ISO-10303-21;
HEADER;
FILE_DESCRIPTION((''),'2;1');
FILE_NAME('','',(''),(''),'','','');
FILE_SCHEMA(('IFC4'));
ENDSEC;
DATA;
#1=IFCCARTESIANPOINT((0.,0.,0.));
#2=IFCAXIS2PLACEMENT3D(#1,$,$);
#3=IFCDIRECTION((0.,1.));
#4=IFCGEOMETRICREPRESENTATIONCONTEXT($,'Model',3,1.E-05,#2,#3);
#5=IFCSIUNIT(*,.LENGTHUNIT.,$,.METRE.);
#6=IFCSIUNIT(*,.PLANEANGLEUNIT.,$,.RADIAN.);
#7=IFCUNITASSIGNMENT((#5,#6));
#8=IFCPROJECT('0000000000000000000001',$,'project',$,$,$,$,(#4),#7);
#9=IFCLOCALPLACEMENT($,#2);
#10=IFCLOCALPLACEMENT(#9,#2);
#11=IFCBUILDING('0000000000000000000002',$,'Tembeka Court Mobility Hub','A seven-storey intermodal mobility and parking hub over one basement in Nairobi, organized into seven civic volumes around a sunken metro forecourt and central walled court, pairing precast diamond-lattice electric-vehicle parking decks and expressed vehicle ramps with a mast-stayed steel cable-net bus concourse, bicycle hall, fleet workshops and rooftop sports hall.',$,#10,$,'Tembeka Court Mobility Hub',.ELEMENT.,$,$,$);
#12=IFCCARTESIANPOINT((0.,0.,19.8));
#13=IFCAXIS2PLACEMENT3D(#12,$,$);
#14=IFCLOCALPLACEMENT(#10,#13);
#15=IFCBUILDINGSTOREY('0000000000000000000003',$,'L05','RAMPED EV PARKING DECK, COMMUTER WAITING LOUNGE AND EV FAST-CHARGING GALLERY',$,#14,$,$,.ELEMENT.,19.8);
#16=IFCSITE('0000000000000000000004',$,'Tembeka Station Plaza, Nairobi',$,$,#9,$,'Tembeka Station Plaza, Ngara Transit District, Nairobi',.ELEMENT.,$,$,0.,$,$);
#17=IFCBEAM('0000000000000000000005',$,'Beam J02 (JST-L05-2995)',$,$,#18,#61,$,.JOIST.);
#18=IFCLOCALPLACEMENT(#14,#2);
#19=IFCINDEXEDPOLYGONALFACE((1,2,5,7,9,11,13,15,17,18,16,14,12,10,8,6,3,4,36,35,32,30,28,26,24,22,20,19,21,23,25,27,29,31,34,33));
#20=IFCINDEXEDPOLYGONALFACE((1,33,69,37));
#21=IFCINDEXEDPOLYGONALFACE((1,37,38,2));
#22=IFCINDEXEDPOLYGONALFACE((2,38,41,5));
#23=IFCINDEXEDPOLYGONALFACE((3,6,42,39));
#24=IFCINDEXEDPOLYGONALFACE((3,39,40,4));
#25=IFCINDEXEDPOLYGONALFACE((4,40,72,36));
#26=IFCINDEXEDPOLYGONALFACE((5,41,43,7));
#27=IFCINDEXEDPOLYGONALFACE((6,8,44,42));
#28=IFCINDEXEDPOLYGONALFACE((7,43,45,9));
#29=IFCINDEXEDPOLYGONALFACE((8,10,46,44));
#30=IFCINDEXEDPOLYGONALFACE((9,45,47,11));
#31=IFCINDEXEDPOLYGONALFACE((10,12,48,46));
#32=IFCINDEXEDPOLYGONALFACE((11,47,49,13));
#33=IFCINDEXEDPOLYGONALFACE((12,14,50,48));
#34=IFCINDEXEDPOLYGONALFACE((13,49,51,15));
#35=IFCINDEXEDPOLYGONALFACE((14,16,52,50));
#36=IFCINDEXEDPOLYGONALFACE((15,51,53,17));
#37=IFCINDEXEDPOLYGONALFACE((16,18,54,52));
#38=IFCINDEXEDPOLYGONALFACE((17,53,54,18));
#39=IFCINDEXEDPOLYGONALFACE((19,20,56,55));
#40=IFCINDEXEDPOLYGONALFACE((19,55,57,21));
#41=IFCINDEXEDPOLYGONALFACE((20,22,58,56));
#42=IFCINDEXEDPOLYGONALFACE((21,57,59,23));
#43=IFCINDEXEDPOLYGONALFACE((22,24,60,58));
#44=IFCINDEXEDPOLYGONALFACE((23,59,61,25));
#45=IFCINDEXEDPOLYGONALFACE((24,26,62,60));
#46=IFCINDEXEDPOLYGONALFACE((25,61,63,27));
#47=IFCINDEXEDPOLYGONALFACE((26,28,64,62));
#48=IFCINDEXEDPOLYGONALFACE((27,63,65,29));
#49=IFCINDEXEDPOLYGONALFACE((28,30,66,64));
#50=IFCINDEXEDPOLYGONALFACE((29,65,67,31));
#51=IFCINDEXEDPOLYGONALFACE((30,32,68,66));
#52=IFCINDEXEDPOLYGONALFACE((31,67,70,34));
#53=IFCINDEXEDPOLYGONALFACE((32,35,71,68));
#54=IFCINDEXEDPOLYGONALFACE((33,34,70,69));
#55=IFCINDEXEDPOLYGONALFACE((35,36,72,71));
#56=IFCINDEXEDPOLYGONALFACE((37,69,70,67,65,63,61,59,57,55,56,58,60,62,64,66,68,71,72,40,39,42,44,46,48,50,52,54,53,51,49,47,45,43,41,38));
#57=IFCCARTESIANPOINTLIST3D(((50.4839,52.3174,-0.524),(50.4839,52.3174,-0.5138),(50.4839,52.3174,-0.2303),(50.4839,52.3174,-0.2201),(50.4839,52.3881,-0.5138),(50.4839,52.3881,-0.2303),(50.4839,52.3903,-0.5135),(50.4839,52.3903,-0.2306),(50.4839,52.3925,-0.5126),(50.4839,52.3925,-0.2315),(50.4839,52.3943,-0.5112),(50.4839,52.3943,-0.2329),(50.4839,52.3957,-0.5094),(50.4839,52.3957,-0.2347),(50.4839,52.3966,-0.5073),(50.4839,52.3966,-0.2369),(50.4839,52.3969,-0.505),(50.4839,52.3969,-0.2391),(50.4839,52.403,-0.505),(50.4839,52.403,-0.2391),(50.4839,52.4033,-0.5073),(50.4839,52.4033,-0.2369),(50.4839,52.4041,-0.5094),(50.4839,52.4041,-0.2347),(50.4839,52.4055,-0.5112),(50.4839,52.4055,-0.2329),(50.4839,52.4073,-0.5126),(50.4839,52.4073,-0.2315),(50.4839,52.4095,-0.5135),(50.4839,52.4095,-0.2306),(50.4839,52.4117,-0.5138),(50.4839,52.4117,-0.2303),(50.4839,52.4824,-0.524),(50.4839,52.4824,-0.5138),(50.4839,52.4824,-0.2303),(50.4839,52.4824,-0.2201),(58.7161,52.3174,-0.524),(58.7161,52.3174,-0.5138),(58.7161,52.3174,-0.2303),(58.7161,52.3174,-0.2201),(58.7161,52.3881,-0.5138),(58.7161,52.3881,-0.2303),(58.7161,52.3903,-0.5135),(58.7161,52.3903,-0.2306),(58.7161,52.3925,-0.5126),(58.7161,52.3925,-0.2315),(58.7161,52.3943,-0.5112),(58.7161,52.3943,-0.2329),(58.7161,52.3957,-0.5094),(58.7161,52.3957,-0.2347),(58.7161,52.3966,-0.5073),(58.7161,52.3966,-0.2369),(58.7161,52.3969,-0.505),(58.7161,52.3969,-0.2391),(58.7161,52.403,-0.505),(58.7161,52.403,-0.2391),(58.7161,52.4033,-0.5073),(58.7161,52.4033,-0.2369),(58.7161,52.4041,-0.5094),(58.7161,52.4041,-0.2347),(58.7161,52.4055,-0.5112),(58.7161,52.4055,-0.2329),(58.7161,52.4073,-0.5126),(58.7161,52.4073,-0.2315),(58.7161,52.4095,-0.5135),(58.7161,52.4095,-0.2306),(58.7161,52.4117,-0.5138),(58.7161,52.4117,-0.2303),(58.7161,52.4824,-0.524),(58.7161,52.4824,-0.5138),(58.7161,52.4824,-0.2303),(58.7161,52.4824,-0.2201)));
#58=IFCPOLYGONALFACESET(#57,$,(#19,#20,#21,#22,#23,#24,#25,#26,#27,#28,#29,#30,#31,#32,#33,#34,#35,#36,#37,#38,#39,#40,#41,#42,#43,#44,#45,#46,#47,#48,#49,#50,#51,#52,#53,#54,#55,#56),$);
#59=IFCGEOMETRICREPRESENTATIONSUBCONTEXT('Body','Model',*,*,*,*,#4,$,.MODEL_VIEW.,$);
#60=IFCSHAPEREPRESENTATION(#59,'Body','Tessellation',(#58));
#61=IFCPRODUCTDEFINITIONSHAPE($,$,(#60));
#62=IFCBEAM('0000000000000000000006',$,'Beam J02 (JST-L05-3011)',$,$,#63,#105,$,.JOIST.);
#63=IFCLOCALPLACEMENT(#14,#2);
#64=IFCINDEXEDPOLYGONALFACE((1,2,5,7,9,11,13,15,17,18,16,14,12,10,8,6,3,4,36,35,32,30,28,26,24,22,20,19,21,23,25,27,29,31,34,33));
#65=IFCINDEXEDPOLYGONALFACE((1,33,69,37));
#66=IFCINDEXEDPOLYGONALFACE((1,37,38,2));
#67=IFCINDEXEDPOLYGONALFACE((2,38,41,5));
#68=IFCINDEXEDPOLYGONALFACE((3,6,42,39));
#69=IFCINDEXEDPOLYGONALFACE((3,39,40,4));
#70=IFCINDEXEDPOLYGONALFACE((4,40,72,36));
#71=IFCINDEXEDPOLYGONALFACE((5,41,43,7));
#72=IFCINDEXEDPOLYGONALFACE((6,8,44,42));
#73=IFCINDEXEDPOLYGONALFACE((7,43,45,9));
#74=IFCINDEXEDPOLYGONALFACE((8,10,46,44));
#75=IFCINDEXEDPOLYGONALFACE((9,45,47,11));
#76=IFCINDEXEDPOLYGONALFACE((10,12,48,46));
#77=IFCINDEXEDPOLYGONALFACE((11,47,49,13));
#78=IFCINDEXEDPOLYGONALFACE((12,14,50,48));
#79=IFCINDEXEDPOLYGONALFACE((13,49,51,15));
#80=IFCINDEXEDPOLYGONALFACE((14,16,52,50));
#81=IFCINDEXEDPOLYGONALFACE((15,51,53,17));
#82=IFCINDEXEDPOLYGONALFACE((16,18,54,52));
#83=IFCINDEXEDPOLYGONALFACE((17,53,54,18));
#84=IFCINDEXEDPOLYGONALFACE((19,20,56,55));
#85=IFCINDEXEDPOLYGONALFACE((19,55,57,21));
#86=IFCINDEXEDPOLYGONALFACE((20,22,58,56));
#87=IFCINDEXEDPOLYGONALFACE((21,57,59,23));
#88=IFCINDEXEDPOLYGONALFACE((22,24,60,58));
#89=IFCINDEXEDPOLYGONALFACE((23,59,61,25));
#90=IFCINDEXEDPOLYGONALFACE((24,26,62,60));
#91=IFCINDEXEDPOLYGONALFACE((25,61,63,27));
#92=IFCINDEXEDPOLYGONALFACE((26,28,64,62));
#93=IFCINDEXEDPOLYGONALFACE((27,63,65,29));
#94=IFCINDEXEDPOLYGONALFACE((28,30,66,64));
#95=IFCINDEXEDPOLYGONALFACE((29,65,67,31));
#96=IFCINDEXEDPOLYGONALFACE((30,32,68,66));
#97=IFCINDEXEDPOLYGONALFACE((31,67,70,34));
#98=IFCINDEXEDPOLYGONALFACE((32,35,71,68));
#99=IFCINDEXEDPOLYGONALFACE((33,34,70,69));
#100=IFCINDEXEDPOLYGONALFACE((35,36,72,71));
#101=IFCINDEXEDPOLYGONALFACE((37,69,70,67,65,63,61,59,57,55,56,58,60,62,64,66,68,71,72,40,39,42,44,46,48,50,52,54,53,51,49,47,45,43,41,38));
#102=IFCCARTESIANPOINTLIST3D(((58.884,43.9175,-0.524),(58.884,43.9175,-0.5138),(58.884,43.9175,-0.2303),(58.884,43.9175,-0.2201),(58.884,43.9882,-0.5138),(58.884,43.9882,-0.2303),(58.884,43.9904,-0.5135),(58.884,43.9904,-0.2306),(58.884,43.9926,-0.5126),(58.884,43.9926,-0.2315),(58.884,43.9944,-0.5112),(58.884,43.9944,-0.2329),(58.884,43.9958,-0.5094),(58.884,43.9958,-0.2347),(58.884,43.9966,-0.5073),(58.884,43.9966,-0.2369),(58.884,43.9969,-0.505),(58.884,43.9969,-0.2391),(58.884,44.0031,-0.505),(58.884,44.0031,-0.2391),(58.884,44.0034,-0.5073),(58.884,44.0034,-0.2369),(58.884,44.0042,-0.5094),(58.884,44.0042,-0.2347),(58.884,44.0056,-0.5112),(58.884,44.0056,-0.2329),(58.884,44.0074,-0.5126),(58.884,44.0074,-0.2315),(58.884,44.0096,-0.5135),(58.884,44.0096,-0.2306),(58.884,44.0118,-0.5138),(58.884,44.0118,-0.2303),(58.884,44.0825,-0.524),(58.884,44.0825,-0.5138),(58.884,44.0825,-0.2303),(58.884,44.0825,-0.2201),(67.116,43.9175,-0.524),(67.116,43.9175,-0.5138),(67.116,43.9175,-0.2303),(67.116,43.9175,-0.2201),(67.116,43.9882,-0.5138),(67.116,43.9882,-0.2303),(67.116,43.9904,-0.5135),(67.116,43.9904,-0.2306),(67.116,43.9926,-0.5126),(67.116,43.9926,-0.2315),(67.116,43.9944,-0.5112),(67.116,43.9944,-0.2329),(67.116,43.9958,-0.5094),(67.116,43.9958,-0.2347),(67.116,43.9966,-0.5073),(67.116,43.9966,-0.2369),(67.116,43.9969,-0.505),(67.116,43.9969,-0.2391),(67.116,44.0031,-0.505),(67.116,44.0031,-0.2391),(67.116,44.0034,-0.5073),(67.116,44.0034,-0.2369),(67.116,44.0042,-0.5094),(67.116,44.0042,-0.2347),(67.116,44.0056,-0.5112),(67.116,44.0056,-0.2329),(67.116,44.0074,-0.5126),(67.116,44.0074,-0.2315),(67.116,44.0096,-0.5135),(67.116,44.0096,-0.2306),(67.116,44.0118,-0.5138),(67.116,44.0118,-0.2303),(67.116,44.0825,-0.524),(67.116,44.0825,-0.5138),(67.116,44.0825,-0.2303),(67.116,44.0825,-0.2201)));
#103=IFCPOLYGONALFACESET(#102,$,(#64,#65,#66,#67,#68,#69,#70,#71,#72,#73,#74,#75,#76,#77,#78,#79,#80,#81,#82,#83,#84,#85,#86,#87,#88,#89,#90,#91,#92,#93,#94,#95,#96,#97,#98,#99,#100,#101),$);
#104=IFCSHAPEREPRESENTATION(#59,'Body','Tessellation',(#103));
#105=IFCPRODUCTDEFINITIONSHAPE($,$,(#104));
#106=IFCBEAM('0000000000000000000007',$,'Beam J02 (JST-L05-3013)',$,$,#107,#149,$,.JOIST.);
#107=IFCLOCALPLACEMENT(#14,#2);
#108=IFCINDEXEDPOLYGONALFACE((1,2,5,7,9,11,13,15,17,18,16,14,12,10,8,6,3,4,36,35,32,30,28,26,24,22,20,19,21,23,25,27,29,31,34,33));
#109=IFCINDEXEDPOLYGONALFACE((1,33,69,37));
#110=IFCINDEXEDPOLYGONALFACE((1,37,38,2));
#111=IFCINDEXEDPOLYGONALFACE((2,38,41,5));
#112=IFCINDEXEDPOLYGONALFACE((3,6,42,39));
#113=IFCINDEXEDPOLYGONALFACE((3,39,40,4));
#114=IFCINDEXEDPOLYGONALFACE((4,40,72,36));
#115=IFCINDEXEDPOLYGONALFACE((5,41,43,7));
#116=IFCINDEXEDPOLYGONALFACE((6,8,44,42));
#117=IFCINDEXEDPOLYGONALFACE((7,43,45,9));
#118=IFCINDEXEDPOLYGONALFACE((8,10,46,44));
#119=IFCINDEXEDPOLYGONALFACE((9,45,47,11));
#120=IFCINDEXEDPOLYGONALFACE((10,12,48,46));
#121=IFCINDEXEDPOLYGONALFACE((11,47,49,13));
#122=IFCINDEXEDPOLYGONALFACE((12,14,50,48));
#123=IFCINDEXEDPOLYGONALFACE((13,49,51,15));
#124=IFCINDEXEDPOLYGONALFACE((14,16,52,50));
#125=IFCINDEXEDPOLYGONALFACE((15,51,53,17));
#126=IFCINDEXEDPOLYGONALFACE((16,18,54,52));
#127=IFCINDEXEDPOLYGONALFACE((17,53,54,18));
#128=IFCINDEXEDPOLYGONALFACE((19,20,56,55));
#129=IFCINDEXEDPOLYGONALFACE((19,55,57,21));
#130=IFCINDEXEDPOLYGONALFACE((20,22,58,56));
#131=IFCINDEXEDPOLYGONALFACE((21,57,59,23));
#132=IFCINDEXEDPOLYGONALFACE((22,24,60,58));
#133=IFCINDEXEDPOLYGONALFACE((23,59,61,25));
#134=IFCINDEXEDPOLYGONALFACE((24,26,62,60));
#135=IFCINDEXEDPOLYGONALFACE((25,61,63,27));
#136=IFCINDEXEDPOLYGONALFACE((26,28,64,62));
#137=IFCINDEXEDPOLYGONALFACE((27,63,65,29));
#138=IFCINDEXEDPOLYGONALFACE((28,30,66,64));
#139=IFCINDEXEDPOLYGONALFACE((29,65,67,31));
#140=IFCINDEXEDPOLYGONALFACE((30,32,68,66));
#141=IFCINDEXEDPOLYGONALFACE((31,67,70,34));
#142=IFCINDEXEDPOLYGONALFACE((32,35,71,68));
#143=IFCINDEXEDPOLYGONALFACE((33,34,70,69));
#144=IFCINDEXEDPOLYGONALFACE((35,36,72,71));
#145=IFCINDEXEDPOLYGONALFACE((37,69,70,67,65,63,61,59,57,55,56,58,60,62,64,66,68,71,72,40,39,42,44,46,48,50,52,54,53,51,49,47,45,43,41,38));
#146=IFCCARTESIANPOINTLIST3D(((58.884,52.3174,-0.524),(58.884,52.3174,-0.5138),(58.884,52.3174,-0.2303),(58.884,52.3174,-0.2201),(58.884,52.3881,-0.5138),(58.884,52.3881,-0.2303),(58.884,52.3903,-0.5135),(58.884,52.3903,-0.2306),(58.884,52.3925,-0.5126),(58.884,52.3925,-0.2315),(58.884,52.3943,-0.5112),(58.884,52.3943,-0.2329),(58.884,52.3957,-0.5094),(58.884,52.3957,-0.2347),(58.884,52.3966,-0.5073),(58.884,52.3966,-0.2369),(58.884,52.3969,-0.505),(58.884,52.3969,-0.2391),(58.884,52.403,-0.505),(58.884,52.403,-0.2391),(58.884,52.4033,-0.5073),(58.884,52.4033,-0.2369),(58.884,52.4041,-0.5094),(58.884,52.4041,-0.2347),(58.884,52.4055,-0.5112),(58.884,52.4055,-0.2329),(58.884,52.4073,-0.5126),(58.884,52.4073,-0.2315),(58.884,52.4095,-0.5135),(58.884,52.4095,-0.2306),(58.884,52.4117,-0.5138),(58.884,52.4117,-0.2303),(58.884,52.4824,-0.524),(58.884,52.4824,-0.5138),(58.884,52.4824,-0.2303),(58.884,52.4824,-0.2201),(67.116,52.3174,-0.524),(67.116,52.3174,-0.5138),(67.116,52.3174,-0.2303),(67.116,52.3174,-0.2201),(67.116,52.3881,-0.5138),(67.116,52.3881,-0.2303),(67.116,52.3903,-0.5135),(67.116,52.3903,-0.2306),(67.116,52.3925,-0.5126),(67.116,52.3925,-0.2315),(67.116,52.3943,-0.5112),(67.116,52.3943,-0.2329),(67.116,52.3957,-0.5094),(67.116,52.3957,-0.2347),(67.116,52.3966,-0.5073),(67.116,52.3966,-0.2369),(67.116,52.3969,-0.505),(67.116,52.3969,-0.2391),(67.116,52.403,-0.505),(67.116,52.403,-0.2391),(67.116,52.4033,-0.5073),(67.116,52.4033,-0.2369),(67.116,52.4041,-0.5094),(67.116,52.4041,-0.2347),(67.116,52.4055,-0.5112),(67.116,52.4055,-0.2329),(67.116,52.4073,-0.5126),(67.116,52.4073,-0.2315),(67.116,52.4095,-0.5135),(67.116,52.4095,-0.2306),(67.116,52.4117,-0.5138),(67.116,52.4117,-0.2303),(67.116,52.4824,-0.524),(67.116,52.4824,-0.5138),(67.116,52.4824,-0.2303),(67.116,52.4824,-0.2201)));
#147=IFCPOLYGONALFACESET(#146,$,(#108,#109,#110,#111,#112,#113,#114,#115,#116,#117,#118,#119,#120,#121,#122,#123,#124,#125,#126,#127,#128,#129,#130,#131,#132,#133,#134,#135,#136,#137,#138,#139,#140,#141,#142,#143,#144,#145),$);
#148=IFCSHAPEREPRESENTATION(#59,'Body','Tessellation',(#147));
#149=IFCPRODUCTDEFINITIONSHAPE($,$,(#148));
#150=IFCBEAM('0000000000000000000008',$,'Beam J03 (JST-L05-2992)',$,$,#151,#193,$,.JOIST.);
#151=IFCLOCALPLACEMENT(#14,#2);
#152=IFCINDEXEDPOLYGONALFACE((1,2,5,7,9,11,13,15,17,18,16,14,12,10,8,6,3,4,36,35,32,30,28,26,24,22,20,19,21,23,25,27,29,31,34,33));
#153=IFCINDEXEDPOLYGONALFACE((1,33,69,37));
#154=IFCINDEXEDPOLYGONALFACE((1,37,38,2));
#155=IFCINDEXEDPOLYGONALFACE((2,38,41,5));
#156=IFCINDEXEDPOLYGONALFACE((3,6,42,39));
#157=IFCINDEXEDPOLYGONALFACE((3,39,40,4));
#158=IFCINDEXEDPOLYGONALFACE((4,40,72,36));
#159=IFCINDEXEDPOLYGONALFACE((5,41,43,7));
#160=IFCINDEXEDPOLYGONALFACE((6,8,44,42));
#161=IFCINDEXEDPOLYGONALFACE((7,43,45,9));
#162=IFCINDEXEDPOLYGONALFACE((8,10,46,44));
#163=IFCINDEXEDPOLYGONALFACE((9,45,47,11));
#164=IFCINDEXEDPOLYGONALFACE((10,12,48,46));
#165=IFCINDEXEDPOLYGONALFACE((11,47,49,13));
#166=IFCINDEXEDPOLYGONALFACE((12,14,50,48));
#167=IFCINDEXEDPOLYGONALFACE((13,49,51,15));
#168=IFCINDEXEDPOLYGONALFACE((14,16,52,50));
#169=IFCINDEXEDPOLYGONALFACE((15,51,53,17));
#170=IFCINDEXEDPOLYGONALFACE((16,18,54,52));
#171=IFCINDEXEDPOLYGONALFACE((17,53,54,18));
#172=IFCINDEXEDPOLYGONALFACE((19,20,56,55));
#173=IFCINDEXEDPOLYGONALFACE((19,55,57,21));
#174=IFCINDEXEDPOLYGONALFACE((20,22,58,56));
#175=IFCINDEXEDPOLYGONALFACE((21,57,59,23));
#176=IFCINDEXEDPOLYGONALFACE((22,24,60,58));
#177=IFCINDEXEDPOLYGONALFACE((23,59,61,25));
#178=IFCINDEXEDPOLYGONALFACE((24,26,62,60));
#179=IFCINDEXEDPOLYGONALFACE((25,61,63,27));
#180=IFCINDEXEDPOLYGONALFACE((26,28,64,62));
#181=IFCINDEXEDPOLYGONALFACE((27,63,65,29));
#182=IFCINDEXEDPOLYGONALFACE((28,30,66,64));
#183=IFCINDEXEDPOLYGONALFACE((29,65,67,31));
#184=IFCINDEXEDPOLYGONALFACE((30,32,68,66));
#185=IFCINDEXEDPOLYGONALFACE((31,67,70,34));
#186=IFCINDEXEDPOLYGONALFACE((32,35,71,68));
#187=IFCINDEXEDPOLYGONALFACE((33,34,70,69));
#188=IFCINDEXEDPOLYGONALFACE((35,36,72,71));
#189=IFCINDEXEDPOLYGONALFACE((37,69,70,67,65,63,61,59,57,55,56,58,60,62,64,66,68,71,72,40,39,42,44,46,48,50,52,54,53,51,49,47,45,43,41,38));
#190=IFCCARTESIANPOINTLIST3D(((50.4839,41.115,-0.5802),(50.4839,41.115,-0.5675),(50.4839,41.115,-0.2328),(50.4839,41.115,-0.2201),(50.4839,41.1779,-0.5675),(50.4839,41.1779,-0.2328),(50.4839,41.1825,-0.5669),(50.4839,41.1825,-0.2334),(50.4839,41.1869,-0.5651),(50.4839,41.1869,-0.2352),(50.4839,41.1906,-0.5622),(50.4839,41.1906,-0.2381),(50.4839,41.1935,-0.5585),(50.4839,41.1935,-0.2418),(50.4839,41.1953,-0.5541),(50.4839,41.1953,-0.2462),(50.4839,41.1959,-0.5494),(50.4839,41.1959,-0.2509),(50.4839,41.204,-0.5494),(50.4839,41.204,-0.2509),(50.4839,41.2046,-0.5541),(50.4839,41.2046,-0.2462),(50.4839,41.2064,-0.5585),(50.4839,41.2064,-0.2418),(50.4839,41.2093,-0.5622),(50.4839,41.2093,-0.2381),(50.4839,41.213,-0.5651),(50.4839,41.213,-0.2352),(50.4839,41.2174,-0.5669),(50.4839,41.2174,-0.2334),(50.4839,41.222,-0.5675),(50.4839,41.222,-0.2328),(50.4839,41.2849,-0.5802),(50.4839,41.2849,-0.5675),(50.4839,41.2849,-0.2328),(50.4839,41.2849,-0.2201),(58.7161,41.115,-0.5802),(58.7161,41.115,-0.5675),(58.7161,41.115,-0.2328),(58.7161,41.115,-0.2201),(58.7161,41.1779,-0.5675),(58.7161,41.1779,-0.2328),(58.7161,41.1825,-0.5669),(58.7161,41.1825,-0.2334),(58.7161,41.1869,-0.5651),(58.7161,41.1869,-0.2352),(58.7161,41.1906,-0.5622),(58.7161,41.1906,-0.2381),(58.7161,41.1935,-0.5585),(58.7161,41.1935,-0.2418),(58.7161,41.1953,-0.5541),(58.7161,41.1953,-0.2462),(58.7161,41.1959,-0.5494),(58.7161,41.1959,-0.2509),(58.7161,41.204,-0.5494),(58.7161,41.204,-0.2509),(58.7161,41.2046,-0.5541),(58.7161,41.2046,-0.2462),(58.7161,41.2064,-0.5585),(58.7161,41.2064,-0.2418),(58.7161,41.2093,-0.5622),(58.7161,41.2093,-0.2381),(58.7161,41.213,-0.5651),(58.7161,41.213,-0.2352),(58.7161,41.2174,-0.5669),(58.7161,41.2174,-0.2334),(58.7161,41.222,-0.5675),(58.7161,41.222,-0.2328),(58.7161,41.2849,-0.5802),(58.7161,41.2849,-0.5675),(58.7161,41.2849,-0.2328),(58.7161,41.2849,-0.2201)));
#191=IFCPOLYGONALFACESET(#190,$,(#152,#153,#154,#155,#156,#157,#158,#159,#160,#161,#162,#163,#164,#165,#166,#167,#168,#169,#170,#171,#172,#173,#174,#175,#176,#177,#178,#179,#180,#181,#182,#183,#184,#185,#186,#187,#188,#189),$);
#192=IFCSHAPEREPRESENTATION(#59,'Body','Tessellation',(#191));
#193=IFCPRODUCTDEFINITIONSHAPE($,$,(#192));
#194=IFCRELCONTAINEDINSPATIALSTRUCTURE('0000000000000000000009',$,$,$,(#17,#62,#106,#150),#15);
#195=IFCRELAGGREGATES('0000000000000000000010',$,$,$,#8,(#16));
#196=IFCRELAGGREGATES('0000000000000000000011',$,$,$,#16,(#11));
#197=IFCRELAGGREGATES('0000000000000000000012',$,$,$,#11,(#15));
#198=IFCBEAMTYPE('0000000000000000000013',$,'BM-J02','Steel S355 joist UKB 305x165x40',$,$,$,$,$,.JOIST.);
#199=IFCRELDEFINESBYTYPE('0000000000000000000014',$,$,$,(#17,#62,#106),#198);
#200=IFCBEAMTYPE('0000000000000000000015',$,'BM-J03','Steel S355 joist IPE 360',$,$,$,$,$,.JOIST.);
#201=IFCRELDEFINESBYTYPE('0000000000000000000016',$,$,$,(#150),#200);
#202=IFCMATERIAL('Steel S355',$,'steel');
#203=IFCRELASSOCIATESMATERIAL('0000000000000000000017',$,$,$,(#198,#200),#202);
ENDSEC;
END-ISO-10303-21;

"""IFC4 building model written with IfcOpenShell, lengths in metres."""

from ifc_helpers import new_model, si_unit, direction, frame, origin, origin_2d, place, context, subcontext, project, spatial, i_section, extrude, material, material_profile, profile_set, type_object, element, save


model = new_model("IFC4")

# Units and contexts
model_context = context("Model", 3, precision=1e-05, world=origin(), true_north=direction((0.0, 1.0)))
body_context = subcontext(model_context, "Body", "Model", "MODEL_VIEW")
ifc_project = project(units=[si_unit("LENGTHUNIT", "METRE"), si_unit("PLANEANGLEUNIT", "RADIAN")], contexts=[model_context])

# Site, building, storey
site_placement = place(None, origin())
site = spatial("IfcSite", under=ifc_project, at=site_placement, Name="Tembeka Station Plaza, Nairobi", LongName="Tembeka Station Plaza, Ngara Transit District, Nairobi", CompositionType="ELEMENT", RefElevation=0.0)
building_placement = place(site_placement, origin())
building = spatial("IfcBuilding", under=site, at=building_placement, Name="Tembeka Court Mobility Hub", Description="A seven-storey intermodal mobility and parking hub over one basement in Nairobi, organized into seven civic volumes around a sunken metro forecourt and central walled court, pairing precast diamond-lattice electric-vehicle parking decks and expressed vehicle ramps with a mast-stayed steel cable-net bus concourse, bicycle hall, fleet workshops and rooftop sports hall.", LongName="Tembeka Court Mobility Hub", CompositionType="ELEMENT")
storey_placement = place(building_placement, frame((0.0, 0.0, 19.8)))
storey = spatial("IfcBuildingStorey", under=building, at=storey_placement, Name="L05", Description="RAMPED EV PARKING DECK, COMMUTER WAITING LOUNGE AND EV FAST-CHARGING GALLERY", CompositionType="ELEMENT", Elevation=19.8)

# Shared definitions
ifc_material_1 = material(Name="Steel S355", Category="steel")

# Beams
ifc_material_profile_1 = material_profile(ifc_material_1, i_section(OverallWidth=0.165, OverallDepth=0.304, WebThickness=0.0061, FlangeThickness=0.0103, FilletRadius=0.0088, at=origin_2d()), Name="UKB 305x165x40")
ifc_profile_set_1 = profile_set([ifc_material_profile_1], Name="Steel S355")
beam_type_1 = type_object("IfcBeamType", Name="BM-J02", Description="Steel S355 joist UKB 305x165x40", PredefinedType="JOIST", material=ifc_profile_set_1)
for number, where, z_axis, x_axis, name in (
    (1, (50.4839, 52.3999, -0.3721), (1.0, 0.0, 0.0), (0.0, 1.0, 0.0), "Beam J02 (JST-L05-2995)"),
):
    element("IfcBeam", number, at=place(storey_placement, frame(where, z_axis=z_axis, x_axis=x_axis)), inside=storey, type_object=beam_type_1, Name=name, PredefinedType="JOIST", context=body_context, shape_type="SweptSolid", body=[
        extrude(i_section(OverallWidth=0.165, OverallDepth=0.304, WebThickness=0.0061, FlangeThickness=0.0103, FilletRadius=0.0088, at=origin_2d()), origin(), (0.0, 0.0, 1.0), 8.2322),
    ])
for number, where, z_axis, x_axis, name in (
    (2, (58.884, 44.0, -0.3721), (1.0, 0.0, 0.0), (0.0, 1.0, 0.0), "Beam J02 (JST-L05-3011)"),
    (3, (58.884, 52.3999, -0.3721), (1.0, 0.0, 0.0), (0.0, 1.0, 0.0), "Beam J02 (JST-L05-3013)"),
):
    element("IfcBeam", number, at=place(storey_placement, frame(where, z_axis=z_axis, x_axis=x_axis)), inside=storey, type_object=beam_type_1, Name=name, PredefinedType="JOIST", context=body_context, shape_type="SweptSolid", body=[
        extrude(i_section(OverallWidth=0.165, OverallDepth=0.304, WebThickness=0.0061, FlangeThickness=0.0103, FilletRadius=0.0088, at=origin_2d()), origin(), (0.0, 0.0, 1.0), 8.2319),
    ])
ifc_material_profile_2 = material_profile(ifc_material_1, i_section(OverallWidth=0.1699, OverallDepth=0.3601, WebThickness=0.0081, FlangeThickness=0.0127, FilletRadius=0.0181, at=origin_2d()), Name="IPE 360")
ifc_profile_set_2 = profile_set([ifc_material_profile_2], Name="Steel S355")
beam_type_2 = type_object("IfcBeamType", Name="BM-J03", Description="Steel S355 joist IPE 360", PredefinedType="JOIST", material=ifc_profile_set_2)
for number, where, z_axis, x_axis, name in (
    (4, (50.4839, 41.2, -0.4001), (1.0, 0.0, 0.0), (0.0, 1.0, 0.0), "Beam J03 (JST-L05-2992)"),
):
    element("IfcBeam", number, at=place(storey_placement, frame(where, z_axis=z_axis, x_axis=x_axis)), inside=storey, type_object=beam_type_2, Name=name, PredefinedType="JOIST", context=body_context, shape_type="SweptSolid", body=[
        extrude(i_section(OverallWidth=0.1699, OverallDepth=0.3601, WebThickness=0.0081, FlangeThickness=0.0127, FilletRadius=0.0181, at=origin_2d()), origin(), (0.0, 0.0, 1.0), 8.2322),
    ])

save(model, "model.ifc")
